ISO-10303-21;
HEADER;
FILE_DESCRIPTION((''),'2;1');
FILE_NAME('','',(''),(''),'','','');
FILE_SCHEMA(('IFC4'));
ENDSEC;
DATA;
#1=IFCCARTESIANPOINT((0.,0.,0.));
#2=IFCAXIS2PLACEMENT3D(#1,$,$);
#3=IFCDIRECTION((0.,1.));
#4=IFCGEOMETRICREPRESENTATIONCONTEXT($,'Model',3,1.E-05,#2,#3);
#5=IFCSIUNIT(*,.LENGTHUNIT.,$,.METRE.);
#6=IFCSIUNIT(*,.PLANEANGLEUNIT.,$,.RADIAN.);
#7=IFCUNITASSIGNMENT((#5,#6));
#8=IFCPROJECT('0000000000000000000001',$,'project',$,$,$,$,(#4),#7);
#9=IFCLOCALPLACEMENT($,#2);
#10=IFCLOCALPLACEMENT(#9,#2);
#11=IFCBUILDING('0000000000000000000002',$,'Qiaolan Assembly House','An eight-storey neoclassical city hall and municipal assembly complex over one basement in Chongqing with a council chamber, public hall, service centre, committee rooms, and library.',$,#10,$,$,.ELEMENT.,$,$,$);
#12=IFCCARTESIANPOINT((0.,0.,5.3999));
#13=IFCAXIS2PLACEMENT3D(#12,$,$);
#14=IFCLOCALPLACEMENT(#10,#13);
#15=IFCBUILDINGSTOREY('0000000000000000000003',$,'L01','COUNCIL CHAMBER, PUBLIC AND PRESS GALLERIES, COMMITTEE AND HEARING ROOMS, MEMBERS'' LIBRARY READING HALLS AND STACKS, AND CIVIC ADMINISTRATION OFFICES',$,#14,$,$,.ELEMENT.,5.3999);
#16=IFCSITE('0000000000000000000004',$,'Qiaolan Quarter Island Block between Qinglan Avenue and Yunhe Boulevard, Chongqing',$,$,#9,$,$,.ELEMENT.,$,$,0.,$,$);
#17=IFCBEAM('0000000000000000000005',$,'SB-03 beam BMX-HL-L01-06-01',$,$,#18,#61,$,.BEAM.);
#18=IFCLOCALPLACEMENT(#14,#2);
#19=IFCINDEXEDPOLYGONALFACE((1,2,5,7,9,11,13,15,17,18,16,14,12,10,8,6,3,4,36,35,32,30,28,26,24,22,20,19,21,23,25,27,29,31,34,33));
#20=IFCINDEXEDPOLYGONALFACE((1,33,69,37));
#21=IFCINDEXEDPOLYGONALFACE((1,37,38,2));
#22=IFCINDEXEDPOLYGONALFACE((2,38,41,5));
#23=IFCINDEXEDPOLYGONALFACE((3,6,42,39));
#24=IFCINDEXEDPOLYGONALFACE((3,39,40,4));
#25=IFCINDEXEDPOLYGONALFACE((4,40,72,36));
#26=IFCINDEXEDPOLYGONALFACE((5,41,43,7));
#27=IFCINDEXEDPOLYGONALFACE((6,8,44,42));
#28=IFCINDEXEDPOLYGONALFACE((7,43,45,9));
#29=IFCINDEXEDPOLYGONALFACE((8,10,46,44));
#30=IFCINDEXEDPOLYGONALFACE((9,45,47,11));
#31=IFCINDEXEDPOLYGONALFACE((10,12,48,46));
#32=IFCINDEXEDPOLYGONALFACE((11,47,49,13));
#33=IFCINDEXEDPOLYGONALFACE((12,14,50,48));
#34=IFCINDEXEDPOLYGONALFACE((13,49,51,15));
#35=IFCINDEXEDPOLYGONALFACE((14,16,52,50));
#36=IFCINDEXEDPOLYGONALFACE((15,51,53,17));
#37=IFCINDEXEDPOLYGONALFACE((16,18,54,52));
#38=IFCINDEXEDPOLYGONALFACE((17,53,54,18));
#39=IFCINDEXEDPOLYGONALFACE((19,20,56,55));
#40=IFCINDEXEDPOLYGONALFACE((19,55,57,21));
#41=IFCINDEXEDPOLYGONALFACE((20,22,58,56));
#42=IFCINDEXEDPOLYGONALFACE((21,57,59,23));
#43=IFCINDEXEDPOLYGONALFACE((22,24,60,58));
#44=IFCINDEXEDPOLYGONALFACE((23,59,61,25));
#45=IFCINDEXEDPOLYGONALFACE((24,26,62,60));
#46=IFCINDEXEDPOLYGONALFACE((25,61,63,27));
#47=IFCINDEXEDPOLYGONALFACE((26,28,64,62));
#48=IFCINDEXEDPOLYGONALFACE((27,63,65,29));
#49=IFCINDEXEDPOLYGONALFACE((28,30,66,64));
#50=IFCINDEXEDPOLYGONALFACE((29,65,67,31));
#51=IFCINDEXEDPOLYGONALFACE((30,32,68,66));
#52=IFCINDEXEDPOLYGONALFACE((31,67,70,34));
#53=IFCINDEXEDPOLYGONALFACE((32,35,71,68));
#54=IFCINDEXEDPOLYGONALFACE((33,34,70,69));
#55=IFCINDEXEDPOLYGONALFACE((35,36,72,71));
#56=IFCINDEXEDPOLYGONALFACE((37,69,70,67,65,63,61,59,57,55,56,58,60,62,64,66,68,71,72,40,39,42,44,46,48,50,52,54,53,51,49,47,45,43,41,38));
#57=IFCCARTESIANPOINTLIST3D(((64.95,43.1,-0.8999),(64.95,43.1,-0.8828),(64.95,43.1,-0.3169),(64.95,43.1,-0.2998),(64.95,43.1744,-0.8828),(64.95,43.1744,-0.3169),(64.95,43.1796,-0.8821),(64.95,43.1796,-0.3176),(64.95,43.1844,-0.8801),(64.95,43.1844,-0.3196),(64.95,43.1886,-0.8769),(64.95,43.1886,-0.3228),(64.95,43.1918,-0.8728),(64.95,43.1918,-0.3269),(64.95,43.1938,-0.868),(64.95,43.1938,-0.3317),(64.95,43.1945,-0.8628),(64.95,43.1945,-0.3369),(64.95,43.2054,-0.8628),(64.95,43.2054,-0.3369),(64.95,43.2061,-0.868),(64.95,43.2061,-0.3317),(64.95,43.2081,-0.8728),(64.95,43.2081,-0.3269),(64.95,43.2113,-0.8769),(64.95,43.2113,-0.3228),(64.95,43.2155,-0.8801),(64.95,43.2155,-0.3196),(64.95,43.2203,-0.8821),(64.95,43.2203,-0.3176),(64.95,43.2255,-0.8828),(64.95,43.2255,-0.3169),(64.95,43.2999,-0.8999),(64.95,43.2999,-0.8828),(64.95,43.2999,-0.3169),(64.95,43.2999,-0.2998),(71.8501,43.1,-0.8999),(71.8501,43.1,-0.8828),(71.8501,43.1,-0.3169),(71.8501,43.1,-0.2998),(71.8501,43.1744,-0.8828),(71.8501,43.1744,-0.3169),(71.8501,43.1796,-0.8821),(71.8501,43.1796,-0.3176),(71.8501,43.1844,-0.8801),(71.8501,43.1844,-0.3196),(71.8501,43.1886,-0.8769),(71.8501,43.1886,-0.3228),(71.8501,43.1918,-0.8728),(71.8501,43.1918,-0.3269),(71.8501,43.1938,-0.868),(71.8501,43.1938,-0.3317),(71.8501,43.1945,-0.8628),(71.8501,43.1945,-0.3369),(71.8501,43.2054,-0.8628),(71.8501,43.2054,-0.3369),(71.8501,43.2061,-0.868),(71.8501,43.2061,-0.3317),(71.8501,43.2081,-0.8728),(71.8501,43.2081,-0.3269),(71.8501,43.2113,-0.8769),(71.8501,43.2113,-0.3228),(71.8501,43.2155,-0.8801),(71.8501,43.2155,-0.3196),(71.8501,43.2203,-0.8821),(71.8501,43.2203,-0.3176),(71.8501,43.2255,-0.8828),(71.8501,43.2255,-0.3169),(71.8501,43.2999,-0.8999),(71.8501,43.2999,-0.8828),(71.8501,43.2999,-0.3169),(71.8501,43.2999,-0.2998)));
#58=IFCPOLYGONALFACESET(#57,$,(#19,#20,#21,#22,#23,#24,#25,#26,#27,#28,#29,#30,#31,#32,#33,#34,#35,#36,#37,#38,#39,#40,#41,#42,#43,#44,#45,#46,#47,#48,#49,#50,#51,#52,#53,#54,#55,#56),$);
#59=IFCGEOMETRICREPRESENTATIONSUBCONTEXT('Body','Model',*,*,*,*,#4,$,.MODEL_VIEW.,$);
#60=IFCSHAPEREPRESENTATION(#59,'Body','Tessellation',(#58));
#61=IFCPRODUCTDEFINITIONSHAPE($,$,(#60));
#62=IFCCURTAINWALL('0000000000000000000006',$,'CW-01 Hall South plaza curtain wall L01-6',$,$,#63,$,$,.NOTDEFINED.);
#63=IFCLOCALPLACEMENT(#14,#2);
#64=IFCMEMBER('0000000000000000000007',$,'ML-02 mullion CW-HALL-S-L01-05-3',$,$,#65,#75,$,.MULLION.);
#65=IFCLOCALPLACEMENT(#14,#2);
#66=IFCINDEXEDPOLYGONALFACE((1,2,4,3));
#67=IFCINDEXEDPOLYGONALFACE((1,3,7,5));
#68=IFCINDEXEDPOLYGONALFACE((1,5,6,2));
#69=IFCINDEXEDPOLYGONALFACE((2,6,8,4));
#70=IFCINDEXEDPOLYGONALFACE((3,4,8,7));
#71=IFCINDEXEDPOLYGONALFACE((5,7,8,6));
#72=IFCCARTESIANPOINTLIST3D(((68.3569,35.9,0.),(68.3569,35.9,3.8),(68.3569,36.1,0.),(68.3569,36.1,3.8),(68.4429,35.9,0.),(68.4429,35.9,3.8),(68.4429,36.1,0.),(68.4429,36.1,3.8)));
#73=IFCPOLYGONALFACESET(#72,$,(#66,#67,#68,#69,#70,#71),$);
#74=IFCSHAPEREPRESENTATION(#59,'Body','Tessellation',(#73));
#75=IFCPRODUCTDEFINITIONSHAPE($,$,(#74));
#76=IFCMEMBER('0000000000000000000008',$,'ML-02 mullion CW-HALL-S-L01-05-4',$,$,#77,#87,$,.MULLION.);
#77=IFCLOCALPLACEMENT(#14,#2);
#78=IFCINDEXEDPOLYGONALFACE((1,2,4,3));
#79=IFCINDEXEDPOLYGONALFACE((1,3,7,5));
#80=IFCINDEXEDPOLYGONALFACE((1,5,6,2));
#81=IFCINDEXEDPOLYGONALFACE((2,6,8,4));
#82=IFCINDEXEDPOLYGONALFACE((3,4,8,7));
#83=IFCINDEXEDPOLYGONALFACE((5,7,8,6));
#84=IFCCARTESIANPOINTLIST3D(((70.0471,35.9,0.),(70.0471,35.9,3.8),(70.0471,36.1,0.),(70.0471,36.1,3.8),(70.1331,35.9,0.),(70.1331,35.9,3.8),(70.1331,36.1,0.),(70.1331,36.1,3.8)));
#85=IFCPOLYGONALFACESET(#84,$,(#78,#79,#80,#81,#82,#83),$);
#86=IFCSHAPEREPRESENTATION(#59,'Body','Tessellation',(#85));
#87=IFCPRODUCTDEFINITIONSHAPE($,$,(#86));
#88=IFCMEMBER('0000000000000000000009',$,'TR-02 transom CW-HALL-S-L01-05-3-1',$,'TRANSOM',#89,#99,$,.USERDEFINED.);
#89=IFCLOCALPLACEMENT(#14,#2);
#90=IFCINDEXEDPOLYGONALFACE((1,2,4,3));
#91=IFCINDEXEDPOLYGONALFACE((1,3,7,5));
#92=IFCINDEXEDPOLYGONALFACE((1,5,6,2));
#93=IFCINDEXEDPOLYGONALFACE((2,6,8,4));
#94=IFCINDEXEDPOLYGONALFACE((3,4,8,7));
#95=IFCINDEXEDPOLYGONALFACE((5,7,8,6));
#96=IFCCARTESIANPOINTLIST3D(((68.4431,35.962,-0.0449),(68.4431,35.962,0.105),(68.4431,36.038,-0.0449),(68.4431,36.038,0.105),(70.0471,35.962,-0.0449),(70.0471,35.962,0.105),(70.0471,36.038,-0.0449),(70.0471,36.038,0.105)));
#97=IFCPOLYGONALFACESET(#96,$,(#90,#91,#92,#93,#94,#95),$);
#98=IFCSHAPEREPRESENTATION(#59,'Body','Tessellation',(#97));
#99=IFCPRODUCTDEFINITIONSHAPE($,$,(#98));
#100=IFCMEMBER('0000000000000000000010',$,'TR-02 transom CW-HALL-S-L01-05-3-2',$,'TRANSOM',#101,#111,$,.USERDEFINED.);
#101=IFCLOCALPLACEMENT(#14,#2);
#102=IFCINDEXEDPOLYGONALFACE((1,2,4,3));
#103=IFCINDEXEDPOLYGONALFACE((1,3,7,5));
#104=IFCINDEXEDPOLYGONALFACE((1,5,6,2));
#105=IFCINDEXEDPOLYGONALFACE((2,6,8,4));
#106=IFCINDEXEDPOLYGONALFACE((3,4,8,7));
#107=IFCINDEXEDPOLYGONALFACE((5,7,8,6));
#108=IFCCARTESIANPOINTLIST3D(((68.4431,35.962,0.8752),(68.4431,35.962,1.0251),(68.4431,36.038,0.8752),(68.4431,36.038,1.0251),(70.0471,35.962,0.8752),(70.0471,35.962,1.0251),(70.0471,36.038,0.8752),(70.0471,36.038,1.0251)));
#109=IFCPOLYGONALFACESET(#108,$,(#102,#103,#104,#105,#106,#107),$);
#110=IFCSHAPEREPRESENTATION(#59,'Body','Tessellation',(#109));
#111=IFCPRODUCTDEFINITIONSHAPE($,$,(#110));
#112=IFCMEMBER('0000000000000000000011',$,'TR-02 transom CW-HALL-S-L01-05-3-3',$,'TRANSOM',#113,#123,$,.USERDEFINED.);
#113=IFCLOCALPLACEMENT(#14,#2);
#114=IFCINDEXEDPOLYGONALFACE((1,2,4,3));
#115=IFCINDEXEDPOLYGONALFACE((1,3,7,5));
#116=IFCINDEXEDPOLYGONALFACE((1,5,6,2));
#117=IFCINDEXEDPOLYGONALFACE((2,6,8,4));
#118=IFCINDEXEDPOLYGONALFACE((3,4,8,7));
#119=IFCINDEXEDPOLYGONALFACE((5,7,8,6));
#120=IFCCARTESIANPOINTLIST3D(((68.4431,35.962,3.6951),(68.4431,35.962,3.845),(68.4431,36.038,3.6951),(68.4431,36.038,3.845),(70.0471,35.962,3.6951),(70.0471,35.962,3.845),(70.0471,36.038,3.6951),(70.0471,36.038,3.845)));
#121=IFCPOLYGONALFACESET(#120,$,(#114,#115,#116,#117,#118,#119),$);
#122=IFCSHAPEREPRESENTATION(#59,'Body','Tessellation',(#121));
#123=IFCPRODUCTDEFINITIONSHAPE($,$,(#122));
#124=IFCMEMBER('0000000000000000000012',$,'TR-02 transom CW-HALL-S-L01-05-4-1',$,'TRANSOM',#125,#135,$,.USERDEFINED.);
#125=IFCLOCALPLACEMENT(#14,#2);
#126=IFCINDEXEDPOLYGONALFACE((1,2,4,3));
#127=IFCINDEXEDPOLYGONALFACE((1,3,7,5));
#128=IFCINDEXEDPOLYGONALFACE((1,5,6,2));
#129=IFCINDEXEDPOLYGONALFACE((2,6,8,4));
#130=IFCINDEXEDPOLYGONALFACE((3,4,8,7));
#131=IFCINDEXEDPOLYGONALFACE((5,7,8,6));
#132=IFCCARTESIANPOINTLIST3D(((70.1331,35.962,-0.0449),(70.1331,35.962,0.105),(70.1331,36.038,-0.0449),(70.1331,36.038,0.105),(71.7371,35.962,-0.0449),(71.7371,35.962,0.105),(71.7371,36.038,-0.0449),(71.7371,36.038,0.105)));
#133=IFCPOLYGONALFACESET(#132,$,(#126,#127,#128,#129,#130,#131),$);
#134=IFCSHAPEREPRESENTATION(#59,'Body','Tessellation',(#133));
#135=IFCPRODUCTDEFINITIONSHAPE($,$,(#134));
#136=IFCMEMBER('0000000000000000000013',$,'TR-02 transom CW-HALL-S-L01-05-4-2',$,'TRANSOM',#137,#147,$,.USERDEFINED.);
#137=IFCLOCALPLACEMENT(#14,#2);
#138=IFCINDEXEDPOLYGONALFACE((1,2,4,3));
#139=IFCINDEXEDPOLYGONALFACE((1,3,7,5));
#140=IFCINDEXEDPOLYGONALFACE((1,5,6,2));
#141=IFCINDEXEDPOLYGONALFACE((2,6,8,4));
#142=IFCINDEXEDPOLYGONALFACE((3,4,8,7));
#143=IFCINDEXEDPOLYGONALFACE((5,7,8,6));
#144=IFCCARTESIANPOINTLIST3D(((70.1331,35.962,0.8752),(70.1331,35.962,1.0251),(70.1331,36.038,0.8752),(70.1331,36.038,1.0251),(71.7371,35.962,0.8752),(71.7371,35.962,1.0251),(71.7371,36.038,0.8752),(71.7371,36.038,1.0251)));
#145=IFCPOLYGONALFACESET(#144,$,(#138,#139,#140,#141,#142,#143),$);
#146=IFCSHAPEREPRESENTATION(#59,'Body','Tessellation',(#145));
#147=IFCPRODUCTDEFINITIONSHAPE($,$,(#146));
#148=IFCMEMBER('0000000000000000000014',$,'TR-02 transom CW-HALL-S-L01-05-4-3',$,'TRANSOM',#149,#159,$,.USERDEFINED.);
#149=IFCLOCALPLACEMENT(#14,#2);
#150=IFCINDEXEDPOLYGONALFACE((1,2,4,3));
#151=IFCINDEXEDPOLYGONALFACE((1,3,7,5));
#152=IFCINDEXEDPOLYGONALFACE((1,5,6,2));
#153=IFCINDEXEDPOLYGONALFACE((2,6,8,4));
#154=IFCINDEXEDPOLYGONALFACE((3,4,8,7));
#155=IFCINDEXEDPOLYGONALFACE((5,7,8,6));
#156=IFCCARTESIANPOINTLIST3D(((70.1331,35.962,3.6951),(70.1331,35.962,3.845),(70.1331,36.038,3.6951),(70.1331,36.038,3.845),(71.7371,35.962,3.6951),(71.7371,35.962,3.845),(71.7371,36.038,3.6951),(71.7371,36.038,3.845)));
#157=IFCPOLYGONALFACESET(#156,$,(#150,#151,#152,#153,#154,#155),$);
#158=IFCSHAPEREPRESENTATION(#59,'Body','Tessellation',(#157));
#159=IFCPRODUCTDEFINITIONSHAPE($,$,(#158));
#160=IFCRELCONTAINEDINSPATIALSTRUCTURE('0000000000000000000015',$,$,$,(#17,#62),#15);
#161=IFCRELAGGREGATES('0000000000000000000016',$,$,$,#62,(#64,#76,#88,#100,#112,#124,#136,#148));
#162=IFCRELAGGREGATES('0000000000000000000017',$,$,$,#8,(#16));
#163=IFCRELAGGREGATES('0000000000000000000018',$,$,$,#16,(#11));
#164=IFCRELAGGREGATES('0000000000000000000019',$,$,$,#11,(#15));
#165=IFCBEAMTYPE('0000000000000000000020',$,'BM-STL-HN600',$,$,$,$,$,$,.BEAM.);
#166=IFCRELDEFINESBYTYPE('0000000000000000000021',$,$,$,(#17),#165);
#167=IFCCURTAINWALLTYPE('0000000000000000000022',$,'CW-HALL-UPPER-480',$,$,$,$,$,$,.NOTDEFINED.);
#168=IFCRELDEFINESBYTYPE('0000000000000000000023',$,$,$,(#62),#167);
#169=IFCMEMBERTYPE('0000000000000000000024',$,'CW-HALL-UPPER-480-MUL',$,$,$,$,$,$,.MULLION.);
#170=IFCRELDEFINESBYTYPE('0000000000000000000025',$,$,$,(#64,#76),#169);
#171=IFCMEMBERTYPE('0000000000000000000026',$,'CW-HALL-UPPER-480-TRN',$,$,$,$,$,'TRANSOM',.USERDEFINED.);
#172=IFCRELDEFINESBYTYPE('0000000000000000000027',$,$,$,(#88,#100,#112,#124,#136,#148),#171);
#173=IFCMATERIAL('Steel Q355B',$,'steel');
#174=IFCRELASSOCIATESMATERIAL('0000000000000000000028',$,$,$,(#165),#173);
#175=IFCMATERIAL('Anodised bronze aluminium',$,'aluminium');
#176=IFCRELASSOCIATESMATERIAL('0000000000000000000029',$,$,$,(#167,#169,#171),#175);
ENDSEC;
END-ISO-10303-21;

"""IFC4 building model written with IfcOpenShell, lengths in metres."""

from ifc_helpers import new_model, si_unit, direction, frame, origin, origin_2d, place, context, subcontext, project, spatial, rectangle, i_section, extrude, material, material_profile, profile_set, type_object, element, aggregate, save


model = new_model("IFC4")

# Units and contexts
model_context = context("Model", 3, precision=1e-05, world=origin(), true_north=direction((0.0, 1.0)))
body_context = subcontext(model_context, "Body", "Model", "MODEL_VIEW")
ifc_project = project(units=[si_unit("LENGTHUNIT", "METRE"), si_unit("PLANEANGLEUNIT", "RADIAN")], contexts=[model_context])

# Site, building, storey
site_placement = place(None, origin())
site = spatial("IfcSite", under=ifc_project, at=site_placement, Name="Qiaolan Quarter Island Block between Qinglan Avenue and Yunhe Boulevard, Chongqing", CompositionType="ELEMENT", RefElevation=0.0)
building_placement = place(site_placement, origin())
building = spatial("IfcBuilding", under=site, at=building_placement, Name="Qiaolan Assembly House", Description="An eight-storey neoclassical city hall and municipal assembly complex over one basement in Chongqing with a council chamber, public hall, service centre, committee rooms, and library.", CompositionType="ELEMENT")
storey_placement = place(building_placement, frame((0.0, 0.0, 5.3999)))
storey = spatial("IfcBuildingStorey", under=building, at=storey_placement, Name="L01", Description="COUNCIL CHAMBER, PUBLIC AND PRESS GALLERIES, COMMITTEE AND HEARING ROOMS, MEMBERS' LIBRARY READING HALLS AND STACKS, AND CIVIC ADMINISTRATION OFFICES", CompositionType="ELEMENT", Elevation=5.3999)

# Shared definitions
ifc_material_1 = material(Name="Steel Q355B", Category="steel")

# Beam
ifc_material_profile_1 = material_profile(ifc_material_1, i_section(OverallWidth=0.2, OverallDepth=0.6001, WebThickness=0.011, FlangeThickness=0.0171, FilletRadius=0.02, at=origin_2d()), Name="HN 600x200x11x17")
ifc_profile_set_1 = profile_set([ifc_material_profile_1], Name="Steel Q355B")
beam_type_1 = type_object("IfcBeamType", Name="BM-STL-HN600", PredefinedType="BEAM", material=ifc_profile_set_1)
beam_1_placement = place(storey_placement, frame((64.95, 43.2, -0.5999), z_axis=(1.0, 0.0, 0.0), x_axis=(0.0, 1.0, 0.0)))
element("IfcBeam", 1, at=beam_1_placement, inside=storey, type_object=beam_type_1, Name="SB-03 beam BMX-HL-L01-06-01", PredefinedType="BEAM", context=body_context, shape_type="SweptSolid", body=[
    extrude(i_section(OverallWidth=0.2, OverallDepth=0.6001, WebThickness=0.011, FlangeThickness=0.0171, FilletRadius=0.02, at=origin_2d()), origin(), (0.0, 0.0, 1.0), 6.9001),
])

# Curtain wall, members
ifc_material_2 = material(Name="Anodised bronze aluminium", Category="aluminium")
curtain_wall_type = type_object("IfcCurtainWallType", Name="CW-HALL-UPPER-480", PredefinedType="NOTDEFINED", material=ifc_material_2)
curtain_wall_placement = place(storey_placement, origin())
curtain_wall = element("IfcCurtainWall", 2, at=curtain_wall_placement, inside=storey, type_object=curtain_wall_type, Name="CW-01 Hall South plaza curtain wall L01-6", PredefinedType="NOTDEFINED")
ifc_material_profile_2 = material_profile(ifc_material_2, rectangle(XDim=0.0859, YDim=0.2, at=origin_2d()), Name="MUL 86x200")
ifc_profile_set_2 = profile_set([ifc_material_profile_2], Name="Anodised bronze aluminium")
member_type_1 = type_object("IfcMemberType", Name="CW-HALL-UPPER-480-MUL", PredefinedType="MULLION", material=ifc_profile_set_2)
member_1_placement = place(storey_placement, frame((68.3999, 36.0, 0.0), z_axis=(0.0, 0.0, 1.0), x_axis=(1.0, 0.0, 0.0)))
member_1 = element("IfcMember", 3, at=member_1_placement, type_object=member_type_1, Name="ML-02 mullion CW-HALL-S-L01-05-3", PredefinedType="MULLION", context=body_context, shape_type="SweptSolid", body=[
    extrude(rectangle(XDim=0.0859, YDim=0.2, at=origin_2d()), origin(), (0.0, 0.0, 1.0), 3.8),
])
member_2_placement = place(storey_placement, frame((70.0901, 36.0, 0.0), z_axis=(0.0, 0.0, 1.0), x_axis=(1.0, 0.0, 0.0)))
member_2 = element("IfcMember", 4, at=member_2_placement, type_object=member_type_1, Name="ML-02 mullion CW-HALL-S-L01-05-4", PredefinedType="MULLION", context=body_context, shape_type="SweptSolid", body=[
    extrude(rectangle(XDim=0.0859, YDim=0.2, at=origin_2d()), origin(), (0.0, 0.0, 1.0), 3.8),
])
ifc_material_profile_3 = material_profile(ifc_material_2, rectangle(XDim=0.0759, YDim=0.1499, at=origin_2d()), Name="TRN 76x150")
ifc_profile_set_3 = profile_set([ifc_material_profile_3], Name="Anodised bronze aluminium")
member_type_2 = type_object("IfcMemberType", Name="CW-HALL-UPPER-480-TRN", ElementType="TRANSOM", PredefinedType="USERDEFINED", material=ifc_profile_set_3)
member_3_placement = place(storey_placement, frame((68.4431, 36.0, 0.03), z_axis=(1.0, 0.0, 0.0), x_axis=(0.0, 1.0, 0.0)))
member_3 = element("IfcMember", 5, at=member_3_placement, type_object=member_type_2, Name="TR-02 transom CW-HALL-S-L01-05-3-1", ObjectType="TRANSOM", PredefinedType="USERDEFINED", context=body_context, shape_type="SweptSolid", body=[
    extrude(rectangle(XDim=0.0759, YDim=0.1499, at=origin_2d()), origin(), (0.0, 0.0, 1.0), 1.604),
])
member_4_placement = place(storey_placement, frame((68.4431, 36.0, 0.9502), z_axis=(1.0, 0.0, 0.0), x_axis=(0.0, 1.0, 0.0)))
member_4 = element("IfcMember", 6, at=member_4_placement, type_object=member_type_2, Name="TR-02 transom CW-HALL-S-L01-05-3-2", ObjectType="TRANSOM", PredefinedType="USERDEFINED", context=body_context, shape_type="SweptSolid", body=[
    extrude(rectangle(XDim=0.0759, YDim=0.1499, at=origin_2d()), origin(), (0.0, 0.0, 1.0), 1.604),
])
member_5_placement = place(storey_placement, frame((68.4431, 36.0, 3.77), z_axis=(1.0, 0.0, 0.0), x_axis=(0.0, 1.0, 0.0)))
member_5 = element("IfcMember", 7, at=member_5_placement, type_object=member_type_2, Name="TR-02 transom CW-HALL-S-L01-05-3-3", ObjectType="TRANSOM", PredefinedType="USERDEFINED", context=body_context, shape_type="SweptSolid", body=[
    extrude(rectangle(XDim=0.0759, YDim=0.1499, at=origin_2d()), origin(), (0.0, 0.0, 1.0), 1.604),
])
member_6_placement = place(storey_placement, frame((70.1331, 36.0, 0.03), z_axis=(1.0, 0.0, 0.0), x_axis=(0.0, 1.0, 0.0)))
member_6 = element("IfcMember", 8, at=member_6_placement, type_object=member_type_2, Name="TR-02 transom CW-HALL-S-L01-05-4-1", ObjectType="TRANSOM", PredefinedType="USERDEFINED", context=body_context, shape_type="SweptSolid", body=[
    extrude(rectangle(XDim=0.0759, YDim=0.1499, at=origin_2d()), origin(), (0.0, 0.0, 1.0), 1.604),
])
member_7_placement = place(storey_placement, frame((70.1331, 36.0, 0.9502), z_axis=(1.0, 0.0, 0.0), x_axis=(0.0, 1.0, 0.0)))
member_7 = element("IfcMember", 9, at=member_7_placement, type_object=member_type_2, Name="TR-02 transom CW-HALL-S-L01-05-4-2", ObjectType="TRANSOM", PredefinedType="USERDEFINED", context=body_context, shape_type="SweptSolid", body=[
    extrude(rectangle(XDim=0.0759, YDim=0.1499, at=origin_2d()), origin(), (0.0, 0.0, 1.0), 1.604),
])
member_8_placement = place(storey_placement, frame((70.1331, 36.0, 3.77), z_axis=(1.0, 0.0, 0.0), x_axis=(0.0, 1.0, 0.0)))
member_8 = element("IfcMember", 10, at=member_8_placement, type_object=member_type_2, Name="TR-02 transom CW-HALL-S-L01-05-4-3", ObjectType="TRANSOM", PredefinedType="USERDEFINED", context=body_context, shape_type="SweptSolid", body=[
    extrude(rectangle(XDim=0.0759, YDim=0.1499, at=origin_2d()), origin(), (0.0, 0.0, 1.0), 1.604),
])

aggregate(curtain_wall, [member_1, member_2, member_3, member_4, member_5, member_6, member_7, member_8])

save(model, "model.ifc")
